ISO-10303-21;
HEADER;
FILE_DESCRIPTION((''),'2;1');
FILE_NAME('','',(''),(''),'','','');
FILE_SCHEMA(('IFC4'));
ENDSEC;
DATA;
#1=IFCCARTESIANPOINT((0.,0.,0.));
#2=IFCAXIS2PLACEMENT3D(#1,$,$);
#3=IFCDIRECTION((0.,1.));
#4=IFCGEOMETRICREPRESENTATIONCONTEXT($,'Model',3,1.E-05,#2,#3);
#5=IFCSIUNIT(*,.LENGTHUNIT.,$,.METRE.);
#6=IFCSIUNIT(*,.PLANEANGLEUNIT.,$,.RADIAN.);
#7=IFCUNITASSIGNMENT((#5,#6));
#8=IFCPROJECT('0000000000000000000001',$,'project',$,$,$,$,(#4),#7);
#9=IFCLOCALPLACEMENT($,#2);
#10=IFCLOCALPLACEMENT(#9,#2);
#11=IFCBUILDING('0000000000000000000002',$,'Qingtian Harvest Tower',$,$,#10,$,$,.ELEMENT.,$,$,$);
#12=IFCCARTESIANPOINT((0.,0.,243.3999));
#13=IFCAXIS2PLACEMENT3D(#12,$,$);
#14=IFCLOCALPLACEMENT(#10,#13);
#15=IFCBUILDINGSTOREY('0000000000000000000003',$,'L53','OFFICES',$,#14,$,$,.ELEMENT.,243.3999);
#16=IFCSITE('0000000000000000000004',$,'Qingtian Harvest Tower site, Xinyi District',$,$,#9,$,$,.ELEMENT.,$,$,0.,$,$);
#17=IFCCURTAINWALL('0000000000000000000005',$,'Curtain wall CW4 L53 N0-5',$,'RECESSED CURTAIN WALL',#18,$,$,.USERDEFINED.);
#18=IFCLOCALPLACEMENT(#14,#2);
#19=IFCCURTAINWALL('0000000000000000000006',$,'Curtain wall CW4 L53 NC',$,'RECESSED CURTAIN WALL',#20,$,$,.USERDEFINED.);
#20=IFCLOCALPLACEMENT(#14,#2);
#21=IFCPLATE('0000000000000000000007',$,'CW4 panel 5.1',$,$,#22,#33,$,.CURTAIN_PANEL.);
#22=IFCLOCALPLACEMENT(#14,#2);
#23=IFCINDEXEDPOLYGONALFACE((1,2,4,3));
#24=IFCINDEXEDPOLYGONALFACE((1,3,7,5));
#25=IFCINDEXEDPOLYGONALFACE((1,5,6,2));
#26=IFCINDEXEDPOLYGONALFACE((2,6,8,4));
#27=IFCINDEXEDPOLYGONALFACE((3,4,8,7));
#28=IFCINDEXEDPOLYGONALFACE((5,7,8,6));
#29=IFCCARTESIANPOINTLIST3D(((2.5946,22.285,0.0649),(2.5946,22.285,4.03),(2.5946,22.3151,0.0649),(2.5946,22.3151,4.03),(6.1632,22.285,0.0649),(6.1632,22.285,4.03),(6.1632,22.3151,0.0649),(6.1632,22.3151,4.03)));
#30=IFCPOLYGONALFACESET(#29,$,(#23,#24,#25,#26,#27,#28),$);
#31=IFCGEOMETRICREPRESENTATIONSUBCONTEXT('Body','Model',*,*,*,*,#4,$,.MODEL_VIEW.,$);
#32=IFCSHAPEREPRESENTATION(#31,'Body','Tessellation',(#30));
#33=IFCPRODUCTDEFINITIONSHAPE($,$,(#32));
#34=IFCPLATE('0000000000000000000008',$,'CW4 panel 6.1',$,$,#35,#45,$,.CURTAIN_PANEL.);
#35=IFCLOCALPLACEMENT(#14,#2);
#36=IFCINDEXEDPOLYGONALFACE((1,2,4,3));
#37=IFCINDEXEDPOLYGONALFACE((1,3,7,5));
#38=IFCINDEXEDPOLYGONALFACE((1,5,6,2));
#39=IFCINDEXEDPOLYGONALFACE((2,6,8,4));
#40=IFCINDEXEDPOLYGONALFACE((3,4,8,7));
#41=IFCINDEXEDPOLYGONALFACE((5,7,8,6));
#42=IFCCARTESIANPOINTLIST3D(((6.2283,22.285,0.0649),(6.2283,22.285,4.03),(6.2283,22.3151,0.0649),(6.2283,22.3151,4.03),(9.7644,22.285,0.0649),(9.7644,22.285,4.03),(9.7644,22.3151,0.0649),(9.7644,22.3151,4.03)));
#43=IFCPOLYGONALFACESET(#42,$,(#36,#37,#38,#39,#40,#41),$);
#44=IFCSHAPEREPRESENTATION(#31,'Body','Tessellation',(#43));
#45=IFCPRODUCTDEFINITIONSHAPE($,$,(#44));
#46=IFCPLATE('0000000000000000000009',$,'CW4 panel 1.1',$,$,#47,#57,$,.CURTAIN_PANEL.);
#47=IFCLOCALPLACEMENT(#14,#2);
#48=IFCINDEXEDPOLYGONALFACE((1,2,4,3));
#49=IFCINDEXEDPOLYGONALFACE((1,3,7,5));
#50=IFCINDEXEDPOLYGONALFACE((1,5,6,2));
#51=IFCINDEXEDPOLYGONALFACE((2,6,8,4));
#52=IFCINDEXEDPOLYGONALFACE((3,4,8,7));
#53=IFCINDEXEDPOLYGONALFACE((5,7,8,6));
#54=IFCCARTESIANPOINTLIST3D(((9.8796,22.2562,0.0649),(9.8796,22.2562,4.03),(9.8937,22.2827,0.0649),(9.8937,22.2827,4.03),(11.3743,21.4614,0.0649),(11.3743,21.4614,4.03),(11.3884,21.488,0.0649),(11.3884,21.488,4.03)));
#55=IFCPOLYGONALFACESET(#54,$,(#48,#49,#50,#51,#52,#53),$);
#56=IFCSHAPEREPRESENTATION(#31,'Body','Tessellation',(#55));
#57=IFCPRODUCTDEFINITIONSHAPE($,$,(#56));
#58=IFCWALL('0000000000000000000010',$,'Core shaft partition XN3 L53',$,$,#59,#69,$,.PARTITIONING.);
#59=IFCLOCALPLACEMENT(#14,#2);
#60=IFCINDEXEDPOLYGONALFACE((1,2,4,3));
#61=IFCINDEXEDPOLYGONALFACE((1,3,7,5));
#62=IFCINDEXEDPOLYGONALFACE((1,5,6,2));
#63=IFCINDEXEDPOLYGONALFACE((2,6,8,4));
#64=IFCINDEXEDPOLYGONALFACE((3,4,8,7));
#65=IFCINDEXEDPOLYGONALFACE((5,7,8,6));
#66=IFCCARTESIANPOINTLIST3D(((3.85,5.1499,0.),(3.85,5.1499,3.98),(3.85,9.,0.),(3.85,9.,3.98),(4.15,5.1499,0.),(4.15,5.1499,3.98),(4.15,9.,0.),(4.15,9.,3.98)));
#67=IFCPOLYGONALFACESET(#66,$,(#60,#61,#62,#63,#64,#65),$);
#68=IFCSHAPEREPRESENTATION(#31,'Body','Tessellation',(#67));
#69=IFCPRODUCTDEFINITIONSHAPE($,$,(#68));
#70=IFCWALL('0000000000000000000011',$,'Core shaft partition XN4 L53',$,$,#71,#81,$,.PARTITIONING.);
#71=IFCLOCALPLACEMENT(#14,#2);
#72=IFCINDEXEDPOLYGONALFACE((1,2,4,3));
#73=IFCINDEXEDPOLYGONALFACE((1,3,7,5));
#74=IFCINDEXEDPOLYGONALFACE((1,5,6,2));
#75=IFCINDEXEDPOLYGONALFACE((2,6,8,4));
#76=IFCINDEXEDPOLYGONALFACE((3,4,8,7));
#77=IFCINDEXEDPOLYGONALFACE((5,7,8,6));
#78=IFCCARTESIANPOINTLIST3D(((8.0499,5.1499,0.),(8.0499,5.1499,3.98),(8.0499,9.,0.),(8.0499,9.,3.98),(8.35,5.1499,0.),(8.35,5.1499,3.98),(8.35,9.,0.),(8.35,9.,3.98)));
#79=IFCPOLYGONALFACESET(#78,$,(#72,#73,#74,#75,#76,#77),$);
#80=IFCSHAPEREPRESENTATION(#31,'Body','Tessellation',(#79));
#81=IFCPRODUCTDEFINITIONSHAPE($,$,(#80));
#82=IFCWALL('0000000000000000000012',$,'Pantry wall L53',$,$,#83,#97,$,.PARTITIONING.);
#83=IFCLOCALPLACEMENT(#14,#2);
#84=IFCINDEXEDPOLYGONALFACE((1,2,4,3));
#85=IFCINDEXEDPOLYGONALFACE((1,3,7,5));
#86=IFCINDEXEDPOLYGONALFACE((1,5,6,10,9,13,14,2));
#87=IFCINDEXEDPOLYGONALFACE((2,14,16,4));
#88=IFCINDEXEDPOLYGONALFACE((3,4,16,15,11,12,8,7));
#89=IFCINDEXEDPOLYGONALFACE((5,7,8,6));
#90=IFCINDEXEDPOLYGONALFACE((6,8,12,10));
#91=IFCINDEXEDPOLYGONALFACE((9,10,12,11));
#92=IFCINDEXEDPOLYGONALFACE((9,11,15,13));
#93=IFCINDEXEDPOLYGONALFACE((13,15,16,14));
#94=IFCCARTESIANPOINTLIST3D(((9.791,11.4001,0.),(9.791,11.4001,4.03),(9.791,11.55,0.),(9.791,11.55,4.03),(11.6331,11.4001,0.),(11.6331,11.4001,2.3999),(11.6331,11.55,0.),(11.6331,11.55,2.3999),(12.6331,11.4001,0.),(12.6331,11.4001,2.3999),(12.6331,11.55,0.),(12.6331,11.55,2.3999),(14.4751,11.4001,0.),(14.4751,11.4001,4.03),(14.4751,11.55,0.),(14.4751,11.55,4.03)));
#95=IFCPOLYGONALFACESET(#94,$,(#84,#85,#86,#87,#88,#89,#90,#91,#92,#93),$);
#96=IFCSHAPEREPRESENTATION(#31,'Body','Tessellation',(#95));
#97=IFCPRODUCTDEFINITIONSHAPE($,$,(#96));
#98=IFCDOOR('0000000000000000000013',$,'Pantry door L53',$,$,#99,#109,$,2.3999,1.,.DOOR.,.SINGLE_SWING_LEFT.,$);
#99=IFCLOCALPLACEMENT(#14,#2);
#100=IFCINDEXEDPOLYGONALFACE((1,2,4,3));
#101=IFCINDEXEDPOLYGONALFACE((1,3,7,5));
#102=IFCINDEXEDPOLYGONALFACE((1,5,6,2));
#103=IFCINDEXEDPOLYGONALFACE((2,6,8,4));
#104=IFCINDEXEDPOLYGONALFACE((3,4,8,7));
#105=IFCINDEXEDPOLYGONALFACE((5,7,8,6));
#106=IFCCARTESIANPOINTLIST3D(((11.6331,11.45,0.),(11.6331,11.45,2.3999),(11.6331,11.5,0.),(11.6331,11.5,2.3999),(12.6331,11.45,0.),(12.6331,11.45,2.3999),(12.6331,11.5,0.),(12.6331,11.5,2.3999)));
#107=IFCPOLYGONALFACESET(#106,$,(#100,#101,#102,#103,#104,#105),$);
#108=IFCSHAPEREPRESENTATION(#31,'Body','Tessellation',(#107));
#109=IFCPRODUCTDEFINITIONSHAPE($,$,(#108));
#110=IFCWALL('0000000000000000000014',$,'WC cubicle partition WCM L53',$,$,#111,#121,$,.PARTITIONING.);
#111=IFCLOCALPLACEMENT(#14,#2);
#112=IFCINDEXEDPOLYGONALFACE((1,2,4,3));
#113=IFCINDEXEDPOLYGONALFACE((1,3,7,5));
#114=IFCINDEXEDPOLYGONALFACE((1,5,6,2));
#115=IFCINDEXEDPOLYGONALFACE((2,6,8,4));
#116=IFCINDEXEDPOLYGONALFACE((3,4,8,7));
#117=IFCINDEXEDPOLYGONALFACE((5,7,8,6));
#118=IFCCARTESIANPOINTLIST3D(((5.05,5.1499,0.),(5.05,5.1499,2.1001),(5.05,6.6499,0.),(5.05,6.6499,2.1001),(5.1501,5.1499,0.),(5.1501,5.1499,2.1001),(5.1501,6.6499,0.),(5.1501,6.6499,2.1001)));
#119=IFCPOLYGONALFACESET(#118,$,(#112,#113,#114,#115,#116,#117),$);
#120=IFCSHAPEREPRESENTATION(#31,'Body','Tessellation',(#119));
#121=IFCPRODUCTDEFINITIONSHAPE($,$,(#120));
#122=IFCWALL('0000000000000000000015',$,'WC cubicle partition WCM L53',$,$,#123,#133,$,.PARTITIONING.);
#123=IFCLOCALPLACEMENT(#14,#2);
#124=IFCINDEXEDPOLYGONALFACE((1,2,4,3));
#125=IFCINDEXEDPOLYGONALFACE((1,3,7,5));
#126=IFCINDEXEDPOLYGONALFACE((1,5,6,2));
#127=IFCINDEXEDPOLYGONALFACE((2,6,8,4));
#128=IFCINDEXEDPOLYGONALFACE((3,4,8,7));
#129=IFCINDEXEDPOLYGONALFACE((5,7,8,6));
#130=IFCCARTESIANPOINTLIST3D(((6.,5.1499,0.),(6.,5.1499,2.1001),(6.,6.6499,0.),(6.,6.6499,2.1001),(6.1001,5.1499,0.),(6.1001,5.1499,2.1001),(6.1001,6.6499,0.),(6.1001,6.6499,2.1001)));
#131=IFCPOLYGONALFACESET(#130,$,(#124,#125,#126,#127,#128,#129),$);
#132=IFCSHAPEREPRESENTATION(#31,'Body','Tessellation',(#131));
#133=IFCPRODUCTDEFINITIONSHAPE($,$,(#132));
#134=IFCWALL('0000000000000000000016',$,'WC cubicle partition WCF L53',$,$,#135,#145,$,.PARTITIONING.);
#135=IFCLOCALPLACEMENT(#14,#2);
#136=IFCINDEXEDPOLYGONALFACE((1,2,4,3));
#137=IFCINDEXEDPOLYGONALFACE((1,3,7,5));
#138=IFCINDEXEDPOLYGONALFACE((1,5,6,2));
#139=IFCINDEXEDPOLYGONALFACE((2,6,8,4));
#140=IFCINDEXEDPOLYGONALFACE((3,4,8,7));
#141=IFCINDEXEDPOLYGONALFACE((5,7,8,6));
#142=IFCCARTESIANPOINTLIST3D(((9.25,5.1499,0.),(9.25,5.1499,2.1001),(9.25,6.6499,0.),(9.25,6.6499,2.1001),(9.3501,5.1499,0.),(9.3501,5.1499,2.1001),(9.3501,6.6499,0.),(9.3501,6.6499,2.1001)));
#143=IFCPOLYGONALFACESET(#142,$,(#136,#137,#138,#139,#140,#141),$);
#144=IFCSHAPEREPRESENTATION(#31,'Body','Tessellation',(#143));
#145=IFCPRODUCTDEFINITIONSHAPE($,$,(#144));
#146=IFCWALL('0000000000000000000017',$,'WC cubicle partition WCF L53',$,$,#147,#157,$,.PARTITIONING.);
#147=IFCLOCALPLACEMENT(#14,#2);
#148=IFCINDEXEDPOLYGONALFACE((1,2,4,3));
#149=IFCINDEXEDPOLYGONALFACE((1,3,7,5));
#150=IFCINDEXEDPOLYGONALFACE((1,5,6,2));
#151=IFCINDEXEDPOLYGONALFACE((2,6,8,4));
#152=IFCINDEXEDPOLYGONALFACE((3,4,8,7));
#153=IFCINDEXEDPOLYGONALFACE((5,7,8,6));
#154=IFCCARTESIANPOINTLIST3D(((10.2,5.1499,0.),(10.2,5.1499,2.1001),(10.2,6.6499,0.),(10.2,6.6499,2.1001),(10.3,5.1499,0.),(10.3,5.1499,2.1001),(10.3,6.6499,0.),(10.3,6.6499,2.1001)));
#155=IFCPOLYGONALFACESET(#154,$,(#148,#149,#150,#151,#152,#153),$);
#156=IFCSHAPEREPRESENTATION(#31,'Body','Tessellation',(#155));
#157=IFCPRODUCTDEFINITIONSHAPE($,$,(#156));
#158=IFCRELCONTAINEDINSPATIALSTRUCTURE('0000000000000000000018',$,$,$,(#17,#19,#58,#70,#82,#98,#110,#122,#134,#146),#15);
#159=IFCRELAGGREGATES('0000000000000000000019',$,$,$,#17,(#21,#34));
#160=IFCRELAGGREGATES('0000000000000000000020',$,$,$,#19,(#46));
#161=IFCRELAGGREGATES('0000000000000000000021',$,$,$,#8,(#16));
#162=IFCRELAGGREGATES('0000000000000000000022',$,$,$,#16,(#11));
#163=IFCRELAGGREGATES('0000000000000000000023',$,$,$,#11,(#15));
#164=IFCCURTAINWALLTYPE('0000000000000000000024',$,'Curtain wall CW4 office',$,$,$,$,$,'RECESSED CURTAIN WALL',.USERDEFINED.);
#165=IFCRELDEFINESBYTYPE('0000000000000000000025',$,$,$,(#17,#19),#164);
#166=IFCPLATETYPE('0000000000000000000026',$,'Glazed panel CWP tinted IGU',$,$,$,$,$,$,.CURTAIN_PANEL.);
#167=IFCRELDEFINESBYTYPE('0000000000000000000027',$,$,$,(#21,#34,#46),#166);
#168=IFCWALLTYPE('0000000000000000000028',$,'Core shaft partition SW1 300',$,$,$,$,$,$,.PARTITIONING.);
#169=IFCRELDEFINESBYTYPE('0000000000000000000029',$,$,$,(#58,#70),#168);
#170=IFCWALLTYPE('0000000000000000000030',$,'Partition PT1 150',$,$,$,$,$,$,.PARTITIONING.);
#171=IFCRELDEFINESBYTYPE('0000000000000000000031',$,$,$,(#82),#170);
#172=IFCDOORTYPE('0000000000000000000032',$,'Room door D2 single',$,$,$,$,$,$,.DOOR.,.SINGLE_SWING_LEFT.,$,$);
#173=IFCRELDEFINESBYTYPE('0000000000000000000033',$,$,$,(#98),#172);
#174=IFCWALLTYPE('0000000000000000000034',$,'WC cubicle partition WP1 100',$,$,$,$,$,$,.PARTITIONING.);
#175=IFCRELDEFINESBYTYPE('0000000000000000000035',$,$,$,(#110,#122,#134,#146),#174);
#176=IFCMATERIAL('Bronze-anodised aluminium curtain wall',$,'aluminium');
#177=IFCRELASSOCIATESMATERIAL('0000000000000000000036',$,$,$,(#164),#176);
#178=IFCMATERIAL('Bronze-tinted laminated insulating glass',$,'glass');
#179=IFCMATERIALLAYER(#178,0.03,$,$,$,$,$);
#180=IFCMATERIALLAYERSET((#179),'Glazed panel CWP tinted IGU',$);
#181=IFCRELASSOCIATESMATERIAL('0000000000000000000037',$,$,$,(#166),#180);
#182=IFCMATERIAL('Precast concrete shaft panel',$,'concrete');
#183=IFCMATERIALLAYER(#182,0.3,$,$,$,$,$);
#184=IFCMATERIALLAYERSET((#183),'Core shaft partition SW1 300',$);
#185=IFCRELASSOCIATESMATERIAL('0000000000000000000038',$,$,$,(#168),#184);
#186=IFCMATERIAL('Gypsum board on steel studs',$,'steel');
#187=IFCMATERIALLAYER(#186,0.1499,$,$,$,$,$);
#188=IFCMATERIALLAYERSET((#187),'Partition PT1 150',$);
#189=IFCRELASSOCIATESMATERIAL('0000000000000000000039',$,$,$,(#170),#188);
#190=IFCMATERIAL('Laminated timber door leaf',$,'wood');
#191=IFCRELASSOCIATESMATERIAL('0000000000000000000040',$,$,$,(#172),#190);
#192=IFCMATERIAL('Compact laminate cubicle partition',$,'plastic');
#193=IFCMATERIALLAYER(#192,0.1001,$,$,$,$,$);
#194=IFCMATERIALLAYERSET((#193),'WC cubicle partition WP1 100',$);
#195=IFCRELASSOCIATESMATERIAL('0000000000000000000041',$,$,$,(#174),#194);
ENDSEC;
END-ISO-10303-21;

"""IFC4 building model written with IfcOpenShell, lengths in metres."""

from ifc_helpers import new_model, si_unit, direction, frame, frame_2d, origin, origin_2d, place, context, subcontext, project, spatial, rectangle, extrude, material, layer, layer_set, type_object, element, fill, aggregate, save


model = new_model("IFC4")

# Units and contexts
model_context = context("Model", 3, precision=1e-05, world=origin(), true_north=direction((0.0, 1.0)))
body_context = subcontext(model_context, "Body", "Model", "MODEL_VIEW")
ifc_project = project(units=[si_unit("LENGTHUNIT", "METRE"), si_unit("PLANEANGLEUNIT", "RADIAN")], contexts=[model_context])

# Site, building, storey
site_placement = place(None, origin())
site = spatial("IfcSite", under=ifc_project, at=site_placement, Name="Qingtian Harvest Tower site, Xinyi District", CompositionType="ELEMENT", RefElevation=0.0)
building_placement = place(site_placement, origin())
building = spatial("IfcBuilding", under=site, at=building_placement, Name="Qingtian Harvest Tower", CompositionType="ELEMENT")
storey_placement = place(building_placement, frame((0.0, 0.0, 243.3999)))
storey = spatial("IfcBuildingStorey", under=building, at=storey_placement, Name="L53", Description="OFFICES", CompositionType="ELEMENT", Elevation=243.3999)

# Curtain walls
ifc_material_1 = material(Name="Bronze-anodised aluminium curtain wall", Category="aluminium")
curtain_wall_type = type_object("IfcCurtainWallType", Name="Curtain wall CW4 office", ElementType="RECESSED CURTAIN WALL", PredefinedType="USERDEFINED", material=ifc_material_1)
curtain_wall_1_placement = place(storey_placement, origin())
curtain_wall_1 = element("IfcCurtainWall", 1, at=curtain_wall_1_placement, inside=storey, type_object=curtain_wall_type, Name="Curtain wall CW4 L53 N0-5", ObjectType="RECESSED CURTAIN WALL", PredefinedType="USERDEFINED")
curtain_wall_2_placement = place(storey_placement, origin())
curtain_wall_2 = element("IfcCurtainWall", 2, at=curtain_wall_2_placement, inside=storey, type_object=curtain_wall_type, Name="Curtain wall CW4 L53 NC", ObjectType="RECESSED CURTAIN WALL", PredefinedType="USERDEFINED")

# Plates
ifc_material_2 = material(Name="Bronze-tinted laminated insulating glass", Category="glass")
ifc_layer_1 = layer(ifc_material_2, 0.03)
ifc_layer_set_1 = layer_set([ifc_layer_1], Name="Glazed panel CWP tinted IGU")
plate_type = type_object("IfcPlateType", Name="Glazed panel CWP tinted IGU", PredefinedType="CURTAIN_PANEL", material=ifc_layer_set_1)
plate_1_placement = place(storey_placement, frame((4.3789, 22.3, 0.0649), z_axis=(0.0, 0.0, 1.0), x_axis=(1.0, 0.0, 0.0)))
plate_1 = element("IfcPlate", 3, at=plate_1_placement, type_object=plate_type, Name="CW4 panel 5.1", PredefinedType="CURTAIN_PANEL", context=body_context, shape_type="SweptSolid", body=[
    extrude(rectangle(XDim=3.5686, YDim=0.03, at=origin_2d()), origin(), (0.0, 0.0, 1.0), 3.9651),
])
plate_2_placement = place(storey_placement, frame((7.9963, 22.3, 0.0649), z_axis=(0.0, 0.0, 1.0), x_axis=(1.0, 0.0, 0.0)))
plate_2 = element("IfcPlate", 4, at=plate_2_placement, type_object=plate_type, Name="CW4 panel 6.1", PredefinedType="CURTAIN_PANEL", context=body_context, shape_type="SweptSolid", body=[
    extrude(rectangle(XDim=3.5361, YDim=0.03, at=origin_2d()), origin(), (0.0, 0.0, 1.0), 3.9651),
])
aggregate(curtain_wall_1, [plate_1, plate_2])
plate_3_placement = place(storey_placement, frame((10.634, 21.8721, 0.0649), z_axis=(0.0, 0.0, 1.0), x_axis=(0.882948, -0.469472, 0.0)))
plate_3 = element("IfcPlate", 5, at=plate_3_placement, type_object=plate_type, Name="CW4 panel 1.1", PredefinedType="CURTAIN_PANEL", context=body_context, shape_type="SweptSolid", body=[
    extrude(rectangle(XDim=1.6929, YDim=0.03, at=origin_2d()), origin(), (0.0, 0.0, 1.0), 3.9651),
])
aggregate(curtain_wall_2, [plate_3])

# Walls
ifc_material_3 = material(Name="Precast concrete shaft panel", Category="concrete")
ifc_layer_2 = layer(ifc_material_3, 0.3)
ifc_layer_set_2 = layer_set([ifc_layer_2], Name="Core shaft partition SW1 300")
wall_type_1 = type_object("IfcWallType", Name="Core shaft partition SW1 300", PredefinedType="PARTITIONING", material=ifc_layer_set_2)
for number, where, z_axis, x_axis, name in (
    (6, (4.0, 5.1499, 0.0), (0.0, 0.0, 1.0), (0.0, 1.0, 0.0), "Core shaft partition XN3 L53"),
    (7, (8.2, 5.1499, 0.0), (0.0, 0.0, 1.0), (0.0, 1.0, 0.0), "Core shaft partition XN4 L53"),
):
    element("IfcWall", number, at=place(storey_placement, frame(where, z_axis=z_axis, x_axis=x_axis)), inside=storey, type_object=wall_type_1, Name=name, PredefinedType="PARTITIONING", context=body_context, shape_type="SweptSolid", body=[
        extrude(rectangle(XDim=3.8501, YDim=0.3, at=frame_2d((1.925, 0.0))), origin(), (0.0, 0.0, 1.0), 3.98),
    ])

# Wall, opening, door
ifc_material_4 = material(Name="Gypsum board on steel studs", Category="steel")
ifc_layer_3 = layer(ifc_material_4, 0.1499)
ifc_layer_set_3 = layer_set([ifc_layer_3], Name="Partition PT1 150")
wall_type_2 = type_object("IfcWallType", Name="Partition PT1 150", PredefinedType="PARTITIONING", material=ifc_layer_set_3)
wall_placement = place(storey_placement, frame((9.791, 11.4751, 0.0), z_axis=(0.0, 0.0, 1.0), x_axis=(1.0, 0.0, 0.0)))
wall = element("IfcWall", 8, at=wall_placement, inside=storey, type_object=wall_type_2, Name="Pantry wall L53", PredefinedType="PARTITIONING", context=body_context, shape_type="SweptSolid", body=[
    extrude(rectangle(XDim=4.6841, YDim=0.1499, at=frame_2d((2.342, 0.0))), origin(), (0.0, 0.0, 1.0), 4.03),
])
opening_placement = place(wall_placement, frame((1.842, 0.0, 0.0)))
opening = element("IfcOpeningElement", 9, at=opening_placement, cuts=wall, PredefinedType="OPENING", context=body_context, shape_type="SweptSolid", body=[
    extrude(rectangle(XDim=1.0, YDim=2.3999, at=frame_2d((0.5, 1.2))), frame((0.0, 0.085, 0.0), z_axis=(0.0, -1.0, 0.0), x_axis=(1.0, 0.0, 0.0)), (0.0, 0.0, 1.0), 0.1699),
])
ifc_material_5 = material(Name="Laminated timber door leaf", Category="wood")
door_type = type_object("IfcDoorType", Name="Room door D2 single", OperationType="SINGLE_SWING_LEFT", PredefinedType="DOOR", material=ifc_material_5)
door_placement = place(opening_placement, origin())
door = element("IfcDoor", 10, at=door_placement, inside=storey, type_object=door_type, Name="Pantry door L53", OperationType="SINGLE_SWING_LEFT", OverallHeight=2.3999, OverallWidth=1.0, PredefinedType="DOOR", context=body_context, shape_type="SweptSolid", body=[
    extrude(rectangle(XDim=1.0, YDim=2.3999, at=frame_2d((0.5, 1.2))), frame((0.0, 0.0249, 0.0), z_axis=(0.0, -1.0, 0.0), x_axis=(1.0, 0.0, 0.0)), (0.0, 0.0, 1.0), 0.05),
])
fill(opening, door)

# Walls
ifc_material_6 = material(Name="Compact laminate cubicle partition", Category="plastic")
ifc_layer_4 = layer(ifc_material_6, 0.1001)
ifc_layer_set_4 = layer_set([ifc_layer_4], Name="WC cubicle partition WP1 100")
wall_type_3 = type_object("IfcWallType", Name="WC cubicle partition WP1 100", PredefinedType="PARTITIONING", material=ifc_layer_set_4)
for number, where, z_axis, x_axis, name in (
    (11, (5.1001, 5.1499, 0.0), (0.0, 0.0, 1.0), (0.0, 1.0, 0.0), "WC cubicle partition WCM L53"),
    (12, (6.05, 5.1499, 0.0), (0.0, 0.0, 1.0), (0.0, 1.0, 0.0), "WC cubicle partition WCM L53"),
    (13, (9.3, 5.1499, 0.0), (0.0, 0.0, 1.0), (0.0, 1.0, 0.0), "WC cubicle partition WCF L53"),
    (14, (10.25, 5.1499, 0.0), (0.0, 0.0, 1.0), (0.0, 1.0, 0.0), "WC cubicle partition WCF L53"),
):
    element("IfcWall", number, at=place(storey_placement, frame(where, z_axis=z_axis, x_axis=x_axis)), inside=storey, type_object=wall_type_3, Name=name, PredefinedType="PARTITIONING", context=body_context, shape_type="SweptSolid", body=[
        extrude(rectangle(XDim=1.5, YDim=0.1001, at=frame_2d((0.75, 0.0))), origin(), (0.0, 0.0, 1.0), 2.1001),
    ])

save(model, "model.ifc")
